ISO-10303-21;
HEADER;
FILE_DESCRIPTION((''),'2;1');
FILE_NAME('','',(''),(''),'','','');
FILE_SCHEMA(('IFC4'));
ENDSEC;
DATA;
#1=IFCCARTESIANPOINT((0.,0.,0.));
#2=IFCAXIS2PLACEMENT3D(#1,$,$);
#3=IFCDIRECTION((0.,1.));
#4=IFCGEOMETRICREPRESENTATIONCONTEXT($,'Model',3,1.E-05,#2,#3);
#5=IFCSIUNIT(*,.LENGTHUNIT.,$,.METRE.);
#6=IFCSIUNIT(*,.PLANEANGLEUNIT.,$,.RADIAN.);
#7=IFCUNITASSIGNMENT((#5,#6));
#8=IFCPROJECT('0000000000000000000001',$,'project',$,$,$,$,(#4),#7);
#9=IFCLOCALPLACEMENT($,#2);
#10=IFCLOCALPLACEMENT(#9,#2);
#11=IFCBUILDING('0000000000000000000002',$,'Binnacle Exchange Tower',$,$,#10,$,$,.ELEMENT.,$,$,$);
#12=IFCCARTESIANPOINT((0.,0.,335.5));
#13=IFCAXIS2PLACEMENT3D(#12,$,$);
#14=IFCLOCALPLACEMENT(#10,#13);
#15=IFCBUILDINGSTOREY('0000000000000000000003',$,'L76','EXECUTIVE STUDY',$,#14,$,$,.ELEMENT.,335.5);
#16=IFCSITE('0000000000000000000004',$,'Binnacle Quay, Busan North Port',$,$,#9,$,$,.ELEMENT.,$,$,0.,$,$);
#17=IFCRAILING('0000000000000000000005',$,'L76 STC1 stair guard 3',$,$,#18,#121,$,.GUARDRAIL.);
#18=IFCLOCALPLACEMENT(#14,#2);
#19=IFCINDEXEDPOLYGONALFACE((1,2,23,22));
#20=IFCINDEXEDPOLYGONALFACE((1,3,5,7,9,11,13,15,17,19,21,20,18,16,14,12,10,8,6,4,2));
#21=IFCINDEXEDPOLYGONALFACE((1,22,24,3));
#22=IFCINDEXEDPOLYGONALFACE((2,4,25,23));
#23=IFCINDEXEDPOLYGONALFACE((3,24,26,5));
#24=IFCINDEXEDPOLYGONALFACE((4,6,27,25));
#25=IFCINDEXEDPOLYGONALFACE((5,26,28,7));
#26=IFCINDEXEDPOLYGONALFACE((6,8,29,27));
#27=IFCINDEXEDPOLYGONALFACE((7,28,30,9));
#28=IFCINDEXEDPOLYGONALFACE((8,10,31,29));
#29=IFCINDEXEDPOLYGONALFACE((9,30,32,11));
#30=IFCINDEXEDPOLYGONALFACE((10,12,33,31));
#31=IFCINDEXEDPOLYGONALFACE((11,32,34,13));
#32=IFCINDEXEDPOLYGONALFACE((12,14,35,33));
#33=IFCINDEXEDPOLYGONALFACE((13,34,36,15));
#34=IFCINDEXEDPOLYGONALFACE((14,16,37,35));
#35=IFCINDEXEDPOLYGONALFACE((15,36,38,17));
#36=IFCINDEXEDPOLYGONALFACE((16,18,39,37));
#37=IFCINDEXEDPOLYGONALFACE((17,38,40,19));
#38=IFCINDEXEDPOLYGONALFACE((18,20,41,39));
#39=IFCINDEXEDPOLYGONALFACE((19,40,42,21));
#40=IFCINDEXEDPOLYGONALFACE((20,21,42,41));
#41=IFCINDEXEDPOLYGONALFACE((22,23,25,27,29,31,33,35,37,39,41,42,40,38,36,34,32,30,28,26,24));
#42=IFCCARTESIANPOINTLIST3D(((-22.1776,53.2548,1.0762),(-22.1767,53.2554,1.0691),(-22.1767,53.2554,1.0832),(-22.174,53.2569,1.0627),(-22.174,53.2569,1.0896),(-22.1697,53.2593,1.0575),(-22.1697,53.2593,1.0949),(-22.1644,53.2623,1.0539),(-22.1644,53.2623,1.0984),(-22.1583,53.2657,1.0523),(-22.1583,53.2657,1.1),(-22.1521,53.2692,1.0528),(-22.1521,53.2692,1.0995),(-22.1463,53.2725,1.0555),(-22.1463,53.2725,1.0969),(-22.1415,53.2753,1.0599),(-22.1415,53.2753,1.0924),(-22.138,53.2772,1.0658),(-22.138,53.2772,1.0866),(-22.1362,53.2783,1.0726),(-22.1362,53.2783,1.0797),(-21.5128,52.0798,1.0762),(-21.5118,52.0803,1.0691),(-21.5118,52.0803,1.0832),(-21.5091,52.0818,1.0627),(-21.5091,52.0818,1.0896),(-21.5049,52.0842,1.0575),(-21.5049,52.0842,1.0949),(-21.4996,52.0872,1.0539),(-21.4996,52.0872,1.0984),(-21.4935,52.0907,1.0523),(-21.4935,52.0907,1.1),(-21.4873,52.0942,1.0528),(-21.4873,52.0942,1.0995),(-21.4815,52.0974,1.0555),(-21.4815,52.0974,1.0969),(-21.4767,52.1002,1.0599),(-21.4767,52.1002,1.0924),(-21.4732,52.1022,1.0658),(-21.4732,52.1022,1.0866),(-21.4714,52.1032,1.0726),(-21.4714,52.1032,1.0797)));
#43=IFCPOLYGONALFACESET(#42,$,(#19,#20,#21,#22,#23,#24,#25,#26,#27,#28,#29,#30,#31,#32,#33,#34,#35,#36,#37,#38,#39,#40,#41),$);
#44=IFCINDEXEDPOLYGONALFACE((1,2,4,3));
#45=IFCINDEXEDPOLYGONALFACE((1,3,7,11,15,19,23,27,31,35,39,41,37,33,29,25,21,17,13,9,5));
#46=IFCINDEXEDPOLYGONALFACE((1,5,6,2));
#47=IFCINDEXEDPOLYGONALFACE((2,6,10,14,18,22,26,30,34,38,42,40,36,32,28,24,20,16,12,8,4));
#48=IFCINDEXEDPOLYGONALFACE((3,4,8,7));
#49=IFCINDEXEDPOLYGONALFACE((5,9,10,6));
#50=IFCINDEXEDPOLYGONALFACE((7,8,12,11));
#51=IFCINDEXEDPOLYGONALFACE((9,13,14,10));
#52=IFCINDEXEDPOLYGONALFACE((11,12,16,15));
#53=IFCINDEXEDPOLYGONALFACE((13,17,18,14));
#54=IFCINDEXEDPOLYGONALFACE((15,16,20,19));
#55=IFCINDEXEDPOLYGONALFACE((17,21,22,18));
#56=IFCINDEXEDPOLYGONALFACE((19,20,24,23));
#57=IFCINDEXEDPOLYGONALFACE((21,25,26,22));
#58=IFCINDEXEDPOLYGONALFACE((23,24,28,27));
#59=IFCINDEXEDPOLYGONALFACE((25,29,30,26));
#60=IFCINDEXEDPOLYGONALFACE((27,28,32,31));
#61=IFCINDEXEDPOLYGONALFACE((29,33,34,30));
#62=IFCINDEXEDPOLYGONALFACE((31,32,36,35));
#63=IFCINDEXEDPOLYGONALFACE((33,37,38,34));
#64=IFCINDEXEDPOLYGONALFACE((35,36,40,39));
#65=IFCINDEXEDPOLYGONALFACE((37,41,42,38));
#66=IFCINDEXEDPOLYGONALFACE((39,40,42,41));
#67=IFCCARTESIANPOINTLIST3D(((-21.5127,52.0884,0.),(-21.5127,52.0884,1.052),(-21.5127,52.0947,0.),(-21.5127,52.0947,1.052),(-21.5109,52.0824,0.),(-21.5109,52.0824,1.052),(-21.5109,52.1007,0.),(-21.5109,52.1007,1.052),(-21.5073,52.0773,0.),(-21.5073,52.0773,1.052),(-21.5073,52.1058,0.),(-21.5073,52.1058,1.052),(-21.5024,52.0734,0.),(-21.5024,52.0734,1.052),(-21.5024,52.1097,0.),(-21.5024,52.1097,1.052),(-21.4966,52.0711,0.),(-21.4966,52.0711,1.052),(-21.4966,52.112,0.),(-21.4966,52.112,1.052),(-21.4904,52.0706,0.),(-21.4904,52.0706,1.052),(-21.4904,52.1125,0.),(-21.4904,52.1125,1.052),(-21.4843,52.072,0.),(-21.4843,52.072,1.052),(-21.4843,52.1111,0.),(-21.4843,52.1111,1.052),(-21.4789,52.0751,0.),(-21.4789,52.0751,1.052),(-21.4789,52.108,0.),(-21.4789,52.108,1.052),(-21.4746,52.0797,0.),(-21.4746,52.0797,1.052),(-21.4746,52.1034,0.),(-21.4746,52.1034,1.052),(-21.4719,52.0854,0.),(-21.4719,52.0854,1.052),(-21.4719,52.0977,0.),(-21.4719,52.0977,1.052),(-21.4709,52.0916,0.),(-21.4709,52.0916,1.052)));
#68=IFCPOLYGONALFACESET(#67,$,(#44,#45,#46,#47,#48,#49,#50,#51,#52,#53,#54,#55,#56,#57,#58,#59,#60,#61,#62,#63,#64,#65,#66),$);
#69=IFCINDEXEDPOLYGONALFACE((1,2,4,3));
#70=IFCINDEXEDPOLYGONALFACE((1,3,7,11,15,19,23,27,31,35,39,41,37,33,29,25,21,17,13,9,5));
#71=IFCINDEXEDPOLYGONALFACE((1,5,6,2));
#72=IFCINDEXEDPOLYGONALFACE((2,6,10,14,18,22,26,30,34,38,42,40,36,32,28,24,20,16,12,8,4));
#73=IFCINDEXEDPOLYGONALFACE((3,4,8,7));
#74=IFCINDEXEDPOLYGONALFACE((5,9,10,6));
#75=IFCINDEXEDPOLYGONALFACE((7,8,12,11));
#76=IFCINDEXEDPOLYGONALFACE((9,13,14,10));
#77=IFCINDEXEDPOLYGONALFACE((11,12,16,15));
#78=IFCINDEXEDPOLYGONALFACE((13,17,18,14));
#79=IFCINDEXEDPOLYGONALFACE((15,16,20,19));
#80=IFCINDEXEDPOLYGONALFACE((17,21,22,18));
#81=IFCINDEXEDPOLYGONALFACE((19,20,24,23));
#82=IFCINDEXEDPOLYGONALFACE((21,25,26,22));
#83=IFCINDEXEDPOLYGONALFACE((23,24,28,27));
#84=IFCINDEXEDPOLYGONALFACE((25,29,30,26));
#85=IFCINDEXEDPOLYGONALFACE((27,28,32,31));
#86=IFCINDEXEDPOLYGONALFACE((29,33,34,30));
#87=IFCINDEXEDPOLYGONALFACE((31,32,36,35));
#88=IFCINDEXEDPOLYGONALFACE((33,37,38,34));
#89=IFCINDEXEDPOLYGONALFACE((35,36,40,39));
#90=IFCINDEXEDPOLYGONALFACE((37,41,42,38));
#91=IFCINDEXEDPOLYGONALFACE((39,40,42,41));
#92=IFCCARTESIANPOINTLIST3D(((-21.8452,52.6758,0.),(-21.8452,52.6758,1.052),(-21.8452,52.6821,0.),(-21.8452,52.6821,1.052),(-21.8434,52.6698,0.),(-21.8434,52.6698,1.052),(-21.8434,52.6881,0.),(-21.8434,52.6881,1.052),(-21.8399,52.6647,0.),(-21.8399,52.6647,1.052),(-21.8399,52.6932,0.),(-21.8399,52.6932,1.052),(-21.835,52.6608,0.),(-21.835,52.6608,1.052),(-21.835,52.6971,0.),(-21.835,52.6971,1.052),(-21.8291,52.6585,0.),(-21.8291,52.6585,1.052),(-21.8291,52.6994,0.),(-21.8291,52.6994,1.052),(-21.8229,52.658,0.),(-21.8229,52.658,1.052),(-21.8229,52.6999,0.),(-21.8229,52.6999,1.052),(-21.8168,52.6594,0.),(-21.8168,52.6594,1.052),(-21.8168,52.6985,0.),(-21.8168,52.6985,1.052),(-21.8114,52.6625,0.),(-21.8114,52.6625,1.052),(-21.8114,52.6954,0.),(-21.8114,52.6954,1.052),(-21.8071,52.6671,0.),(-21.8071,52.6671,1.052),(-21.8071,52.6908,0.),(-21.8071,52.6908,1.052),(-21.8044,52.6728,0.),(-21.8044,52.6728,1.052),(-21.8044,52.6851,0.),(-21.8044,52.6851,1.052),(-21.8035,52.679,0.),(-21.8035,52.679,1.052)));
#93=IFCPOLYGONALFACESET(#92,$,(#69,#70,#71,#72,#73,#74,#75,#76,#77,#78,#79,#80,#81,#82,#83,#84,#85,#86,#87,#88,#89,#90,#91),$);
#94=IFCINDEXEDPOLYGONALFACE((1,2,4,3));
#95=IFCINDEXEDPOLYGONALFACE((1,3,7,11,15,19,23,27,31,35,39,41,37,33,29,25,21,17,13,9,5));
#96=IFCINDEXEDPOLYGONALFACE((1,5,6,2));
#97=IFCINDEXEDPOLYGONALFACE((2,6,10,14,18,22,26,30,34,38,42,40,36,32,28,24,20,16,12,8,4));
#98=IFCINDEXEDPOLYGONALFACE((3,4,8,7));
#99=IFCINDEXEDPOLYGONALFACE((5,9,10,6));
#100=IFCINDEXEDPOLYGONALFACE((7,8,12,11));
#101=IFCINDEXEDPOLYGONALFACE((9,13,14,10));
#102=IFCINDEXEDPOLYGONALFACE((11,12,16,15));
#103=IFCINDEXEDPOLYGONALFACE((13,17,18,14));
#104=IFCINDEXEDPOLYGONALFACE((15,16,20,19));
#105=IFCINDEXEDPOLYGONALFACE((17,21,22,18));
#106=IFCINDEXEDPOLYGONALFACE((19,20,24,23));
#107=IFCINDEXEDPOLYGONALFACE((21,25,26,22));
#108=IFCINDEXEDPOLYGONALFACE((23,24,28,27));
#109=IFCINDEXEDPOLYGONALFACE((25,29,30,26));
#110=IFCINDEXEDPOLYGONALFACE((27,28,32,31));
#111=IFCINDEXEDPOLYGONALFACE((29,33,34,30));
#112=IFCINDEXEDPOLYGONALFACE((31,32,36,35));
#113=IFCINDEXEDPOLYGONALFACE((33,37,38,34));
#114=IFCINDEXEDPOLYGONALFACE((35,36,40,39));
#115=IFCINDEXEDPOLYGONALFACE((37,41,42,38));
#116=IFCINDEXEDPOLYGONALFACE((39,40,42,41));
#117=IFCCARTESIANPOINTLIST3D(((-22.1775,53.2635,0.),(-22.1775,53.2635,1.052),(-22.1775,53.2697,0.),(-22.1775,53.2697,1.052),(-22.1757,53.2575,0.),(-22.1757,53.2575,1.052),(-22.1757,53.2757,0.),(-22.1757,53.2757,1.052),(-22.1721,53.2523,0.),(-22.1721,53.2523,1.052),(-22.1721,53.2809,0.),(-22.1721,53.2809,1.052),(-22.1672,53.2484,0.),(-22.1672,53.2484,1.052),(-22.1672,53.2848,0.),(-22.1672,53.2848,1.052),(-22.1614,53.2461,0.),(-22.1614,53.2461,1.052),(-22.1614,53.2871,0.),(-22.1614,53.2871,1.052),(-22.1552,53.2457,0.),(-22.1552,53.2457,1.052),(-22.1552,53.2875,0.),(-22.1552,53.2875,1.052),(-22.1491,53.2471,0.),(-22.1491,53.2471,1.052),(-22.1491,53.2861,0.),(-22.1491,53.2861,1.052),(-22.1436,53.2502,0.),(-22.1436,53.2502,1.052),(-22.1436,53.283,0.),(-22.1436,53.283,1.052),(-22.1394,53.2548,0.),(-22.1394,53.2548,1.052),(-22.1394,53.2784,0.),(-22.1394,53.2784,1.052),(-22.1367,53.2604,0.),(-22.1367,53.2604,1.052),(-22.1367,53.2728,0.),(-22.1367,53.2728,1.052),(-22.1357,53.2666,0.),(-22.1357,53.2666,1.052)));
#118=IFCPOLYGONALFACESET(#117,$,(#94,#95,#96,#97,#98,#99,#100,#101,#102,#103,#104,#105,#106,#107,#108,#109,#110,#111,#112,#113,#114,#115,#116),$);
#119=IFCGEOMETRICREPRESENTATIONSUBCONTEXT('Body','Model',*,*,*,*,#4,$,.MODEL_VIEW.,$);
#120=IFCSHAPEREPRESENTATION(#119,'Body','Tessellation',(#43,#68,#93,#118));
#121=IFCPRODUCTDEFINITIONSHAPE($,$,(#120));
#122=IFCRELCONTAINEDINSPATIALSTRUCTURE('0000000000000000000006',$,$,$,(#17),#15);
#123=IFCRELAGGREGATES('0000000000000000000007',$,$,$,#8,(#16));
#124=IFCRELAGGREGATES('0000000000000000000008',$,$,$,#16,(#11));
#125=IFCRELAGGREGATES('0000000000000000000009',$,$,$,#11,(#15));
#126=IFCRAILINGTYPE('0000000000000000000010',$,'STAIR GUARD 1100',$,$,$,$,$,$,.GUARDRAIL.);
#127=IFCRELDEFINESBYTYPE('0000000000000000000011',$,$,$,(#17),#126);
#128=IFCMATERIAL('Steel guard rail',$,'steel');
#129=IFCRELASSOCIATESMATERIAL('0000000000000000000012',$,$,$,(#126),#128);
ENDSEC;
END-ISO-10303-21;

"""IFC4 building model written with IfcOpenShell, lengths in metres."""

from ifc_helpers import new_model, si_unit, direction, frame, origin, origin_2d, place, context, subcontext, project, spatial, circle, extrude, material, type_object, element, save


model = new_model("IFC4")

# Units and contexts
model_context = context("Model", 3, precision=1e-05, world=origin(), true_north=direction((0.0, 1.0)))
body_context = subcontext(model_context, "Body", "Model", "MODEL_VIEW")
ifc_project = project(units=[si_unit("LENGTHUNIT", "METRE"), si_unit("PLANEANGLEUNIT", "RADIAN")], contexts=[model_context])

# Site, building, storey
site_placement = place(None, origin())
site = spatial("IfcSite", under=ifc_project, at=site_placement, Name="Binnacle Quay, Busan North Port", CompositionType="ELEMENT", RefElevation=0.0)
building_placement = place(site_placement, origin())
building = spatial("IfcBuilding", under=site, at=building_placement, Name="Binnacle Exchange Tower", CompositionType="ELEMENT")
storey_placement = place(building_placement, frame((0.0, 0.0, 335.5)))
storey = spatial("IfcBuildingStorey", under=building, at=storey_placement, Name="L76", Description="EXECUTIVE STUDY", CompositionType="ELEMENT", Elevation=335.5)

# Railing
ifc_material_1 = material(Name="Steel guard rail", Category="steel")
railing_type_1 = type_object("IfcRailingType", Name="STAIR GUARD 1100", PredefinedType="GUARDRAIL", material=ifc_material_1)
railing_1_placement = place(storey_placement, frame((-21.4919, 52.0916, 0.0)))
element("IfcRailing", 1, at=railing_1_placement, inside=storey, type_object=railing_type_1, Name="L76 STC1 stair guard 3", PredefinedType="GUARDRAIL", context=body_context, shape_type="SweptSolid", body=[
    extrude(circle(Radius=0.0239, at=origin_2d()), frame((0.0, 0.0, 1.0762), z_axis=(-0.492415, 0.870361, 0.0), x_axis=(-0.870361, -0.492415, 0.0)), (0.0, 0.0, 1.0), 1.3501),
    extrude(circle(Radius=0.021, at=origin_2d()), origin(), (0.0, 0.0, 1.0), 1.052),
    extrude(circle(Radius=0.021, at=origin_2d()), frame((-0.3325, 0.5874, 0.0)), (0.0, 0.0, 1.0), 1.052),
    extrude(circle(Radius=0.021, at=origin_2d()), frame((-0.6648, 1.175, 0.0)), (0.0, 0.0, 1.0), 1.052),
])

save(model, "model.ifc")
